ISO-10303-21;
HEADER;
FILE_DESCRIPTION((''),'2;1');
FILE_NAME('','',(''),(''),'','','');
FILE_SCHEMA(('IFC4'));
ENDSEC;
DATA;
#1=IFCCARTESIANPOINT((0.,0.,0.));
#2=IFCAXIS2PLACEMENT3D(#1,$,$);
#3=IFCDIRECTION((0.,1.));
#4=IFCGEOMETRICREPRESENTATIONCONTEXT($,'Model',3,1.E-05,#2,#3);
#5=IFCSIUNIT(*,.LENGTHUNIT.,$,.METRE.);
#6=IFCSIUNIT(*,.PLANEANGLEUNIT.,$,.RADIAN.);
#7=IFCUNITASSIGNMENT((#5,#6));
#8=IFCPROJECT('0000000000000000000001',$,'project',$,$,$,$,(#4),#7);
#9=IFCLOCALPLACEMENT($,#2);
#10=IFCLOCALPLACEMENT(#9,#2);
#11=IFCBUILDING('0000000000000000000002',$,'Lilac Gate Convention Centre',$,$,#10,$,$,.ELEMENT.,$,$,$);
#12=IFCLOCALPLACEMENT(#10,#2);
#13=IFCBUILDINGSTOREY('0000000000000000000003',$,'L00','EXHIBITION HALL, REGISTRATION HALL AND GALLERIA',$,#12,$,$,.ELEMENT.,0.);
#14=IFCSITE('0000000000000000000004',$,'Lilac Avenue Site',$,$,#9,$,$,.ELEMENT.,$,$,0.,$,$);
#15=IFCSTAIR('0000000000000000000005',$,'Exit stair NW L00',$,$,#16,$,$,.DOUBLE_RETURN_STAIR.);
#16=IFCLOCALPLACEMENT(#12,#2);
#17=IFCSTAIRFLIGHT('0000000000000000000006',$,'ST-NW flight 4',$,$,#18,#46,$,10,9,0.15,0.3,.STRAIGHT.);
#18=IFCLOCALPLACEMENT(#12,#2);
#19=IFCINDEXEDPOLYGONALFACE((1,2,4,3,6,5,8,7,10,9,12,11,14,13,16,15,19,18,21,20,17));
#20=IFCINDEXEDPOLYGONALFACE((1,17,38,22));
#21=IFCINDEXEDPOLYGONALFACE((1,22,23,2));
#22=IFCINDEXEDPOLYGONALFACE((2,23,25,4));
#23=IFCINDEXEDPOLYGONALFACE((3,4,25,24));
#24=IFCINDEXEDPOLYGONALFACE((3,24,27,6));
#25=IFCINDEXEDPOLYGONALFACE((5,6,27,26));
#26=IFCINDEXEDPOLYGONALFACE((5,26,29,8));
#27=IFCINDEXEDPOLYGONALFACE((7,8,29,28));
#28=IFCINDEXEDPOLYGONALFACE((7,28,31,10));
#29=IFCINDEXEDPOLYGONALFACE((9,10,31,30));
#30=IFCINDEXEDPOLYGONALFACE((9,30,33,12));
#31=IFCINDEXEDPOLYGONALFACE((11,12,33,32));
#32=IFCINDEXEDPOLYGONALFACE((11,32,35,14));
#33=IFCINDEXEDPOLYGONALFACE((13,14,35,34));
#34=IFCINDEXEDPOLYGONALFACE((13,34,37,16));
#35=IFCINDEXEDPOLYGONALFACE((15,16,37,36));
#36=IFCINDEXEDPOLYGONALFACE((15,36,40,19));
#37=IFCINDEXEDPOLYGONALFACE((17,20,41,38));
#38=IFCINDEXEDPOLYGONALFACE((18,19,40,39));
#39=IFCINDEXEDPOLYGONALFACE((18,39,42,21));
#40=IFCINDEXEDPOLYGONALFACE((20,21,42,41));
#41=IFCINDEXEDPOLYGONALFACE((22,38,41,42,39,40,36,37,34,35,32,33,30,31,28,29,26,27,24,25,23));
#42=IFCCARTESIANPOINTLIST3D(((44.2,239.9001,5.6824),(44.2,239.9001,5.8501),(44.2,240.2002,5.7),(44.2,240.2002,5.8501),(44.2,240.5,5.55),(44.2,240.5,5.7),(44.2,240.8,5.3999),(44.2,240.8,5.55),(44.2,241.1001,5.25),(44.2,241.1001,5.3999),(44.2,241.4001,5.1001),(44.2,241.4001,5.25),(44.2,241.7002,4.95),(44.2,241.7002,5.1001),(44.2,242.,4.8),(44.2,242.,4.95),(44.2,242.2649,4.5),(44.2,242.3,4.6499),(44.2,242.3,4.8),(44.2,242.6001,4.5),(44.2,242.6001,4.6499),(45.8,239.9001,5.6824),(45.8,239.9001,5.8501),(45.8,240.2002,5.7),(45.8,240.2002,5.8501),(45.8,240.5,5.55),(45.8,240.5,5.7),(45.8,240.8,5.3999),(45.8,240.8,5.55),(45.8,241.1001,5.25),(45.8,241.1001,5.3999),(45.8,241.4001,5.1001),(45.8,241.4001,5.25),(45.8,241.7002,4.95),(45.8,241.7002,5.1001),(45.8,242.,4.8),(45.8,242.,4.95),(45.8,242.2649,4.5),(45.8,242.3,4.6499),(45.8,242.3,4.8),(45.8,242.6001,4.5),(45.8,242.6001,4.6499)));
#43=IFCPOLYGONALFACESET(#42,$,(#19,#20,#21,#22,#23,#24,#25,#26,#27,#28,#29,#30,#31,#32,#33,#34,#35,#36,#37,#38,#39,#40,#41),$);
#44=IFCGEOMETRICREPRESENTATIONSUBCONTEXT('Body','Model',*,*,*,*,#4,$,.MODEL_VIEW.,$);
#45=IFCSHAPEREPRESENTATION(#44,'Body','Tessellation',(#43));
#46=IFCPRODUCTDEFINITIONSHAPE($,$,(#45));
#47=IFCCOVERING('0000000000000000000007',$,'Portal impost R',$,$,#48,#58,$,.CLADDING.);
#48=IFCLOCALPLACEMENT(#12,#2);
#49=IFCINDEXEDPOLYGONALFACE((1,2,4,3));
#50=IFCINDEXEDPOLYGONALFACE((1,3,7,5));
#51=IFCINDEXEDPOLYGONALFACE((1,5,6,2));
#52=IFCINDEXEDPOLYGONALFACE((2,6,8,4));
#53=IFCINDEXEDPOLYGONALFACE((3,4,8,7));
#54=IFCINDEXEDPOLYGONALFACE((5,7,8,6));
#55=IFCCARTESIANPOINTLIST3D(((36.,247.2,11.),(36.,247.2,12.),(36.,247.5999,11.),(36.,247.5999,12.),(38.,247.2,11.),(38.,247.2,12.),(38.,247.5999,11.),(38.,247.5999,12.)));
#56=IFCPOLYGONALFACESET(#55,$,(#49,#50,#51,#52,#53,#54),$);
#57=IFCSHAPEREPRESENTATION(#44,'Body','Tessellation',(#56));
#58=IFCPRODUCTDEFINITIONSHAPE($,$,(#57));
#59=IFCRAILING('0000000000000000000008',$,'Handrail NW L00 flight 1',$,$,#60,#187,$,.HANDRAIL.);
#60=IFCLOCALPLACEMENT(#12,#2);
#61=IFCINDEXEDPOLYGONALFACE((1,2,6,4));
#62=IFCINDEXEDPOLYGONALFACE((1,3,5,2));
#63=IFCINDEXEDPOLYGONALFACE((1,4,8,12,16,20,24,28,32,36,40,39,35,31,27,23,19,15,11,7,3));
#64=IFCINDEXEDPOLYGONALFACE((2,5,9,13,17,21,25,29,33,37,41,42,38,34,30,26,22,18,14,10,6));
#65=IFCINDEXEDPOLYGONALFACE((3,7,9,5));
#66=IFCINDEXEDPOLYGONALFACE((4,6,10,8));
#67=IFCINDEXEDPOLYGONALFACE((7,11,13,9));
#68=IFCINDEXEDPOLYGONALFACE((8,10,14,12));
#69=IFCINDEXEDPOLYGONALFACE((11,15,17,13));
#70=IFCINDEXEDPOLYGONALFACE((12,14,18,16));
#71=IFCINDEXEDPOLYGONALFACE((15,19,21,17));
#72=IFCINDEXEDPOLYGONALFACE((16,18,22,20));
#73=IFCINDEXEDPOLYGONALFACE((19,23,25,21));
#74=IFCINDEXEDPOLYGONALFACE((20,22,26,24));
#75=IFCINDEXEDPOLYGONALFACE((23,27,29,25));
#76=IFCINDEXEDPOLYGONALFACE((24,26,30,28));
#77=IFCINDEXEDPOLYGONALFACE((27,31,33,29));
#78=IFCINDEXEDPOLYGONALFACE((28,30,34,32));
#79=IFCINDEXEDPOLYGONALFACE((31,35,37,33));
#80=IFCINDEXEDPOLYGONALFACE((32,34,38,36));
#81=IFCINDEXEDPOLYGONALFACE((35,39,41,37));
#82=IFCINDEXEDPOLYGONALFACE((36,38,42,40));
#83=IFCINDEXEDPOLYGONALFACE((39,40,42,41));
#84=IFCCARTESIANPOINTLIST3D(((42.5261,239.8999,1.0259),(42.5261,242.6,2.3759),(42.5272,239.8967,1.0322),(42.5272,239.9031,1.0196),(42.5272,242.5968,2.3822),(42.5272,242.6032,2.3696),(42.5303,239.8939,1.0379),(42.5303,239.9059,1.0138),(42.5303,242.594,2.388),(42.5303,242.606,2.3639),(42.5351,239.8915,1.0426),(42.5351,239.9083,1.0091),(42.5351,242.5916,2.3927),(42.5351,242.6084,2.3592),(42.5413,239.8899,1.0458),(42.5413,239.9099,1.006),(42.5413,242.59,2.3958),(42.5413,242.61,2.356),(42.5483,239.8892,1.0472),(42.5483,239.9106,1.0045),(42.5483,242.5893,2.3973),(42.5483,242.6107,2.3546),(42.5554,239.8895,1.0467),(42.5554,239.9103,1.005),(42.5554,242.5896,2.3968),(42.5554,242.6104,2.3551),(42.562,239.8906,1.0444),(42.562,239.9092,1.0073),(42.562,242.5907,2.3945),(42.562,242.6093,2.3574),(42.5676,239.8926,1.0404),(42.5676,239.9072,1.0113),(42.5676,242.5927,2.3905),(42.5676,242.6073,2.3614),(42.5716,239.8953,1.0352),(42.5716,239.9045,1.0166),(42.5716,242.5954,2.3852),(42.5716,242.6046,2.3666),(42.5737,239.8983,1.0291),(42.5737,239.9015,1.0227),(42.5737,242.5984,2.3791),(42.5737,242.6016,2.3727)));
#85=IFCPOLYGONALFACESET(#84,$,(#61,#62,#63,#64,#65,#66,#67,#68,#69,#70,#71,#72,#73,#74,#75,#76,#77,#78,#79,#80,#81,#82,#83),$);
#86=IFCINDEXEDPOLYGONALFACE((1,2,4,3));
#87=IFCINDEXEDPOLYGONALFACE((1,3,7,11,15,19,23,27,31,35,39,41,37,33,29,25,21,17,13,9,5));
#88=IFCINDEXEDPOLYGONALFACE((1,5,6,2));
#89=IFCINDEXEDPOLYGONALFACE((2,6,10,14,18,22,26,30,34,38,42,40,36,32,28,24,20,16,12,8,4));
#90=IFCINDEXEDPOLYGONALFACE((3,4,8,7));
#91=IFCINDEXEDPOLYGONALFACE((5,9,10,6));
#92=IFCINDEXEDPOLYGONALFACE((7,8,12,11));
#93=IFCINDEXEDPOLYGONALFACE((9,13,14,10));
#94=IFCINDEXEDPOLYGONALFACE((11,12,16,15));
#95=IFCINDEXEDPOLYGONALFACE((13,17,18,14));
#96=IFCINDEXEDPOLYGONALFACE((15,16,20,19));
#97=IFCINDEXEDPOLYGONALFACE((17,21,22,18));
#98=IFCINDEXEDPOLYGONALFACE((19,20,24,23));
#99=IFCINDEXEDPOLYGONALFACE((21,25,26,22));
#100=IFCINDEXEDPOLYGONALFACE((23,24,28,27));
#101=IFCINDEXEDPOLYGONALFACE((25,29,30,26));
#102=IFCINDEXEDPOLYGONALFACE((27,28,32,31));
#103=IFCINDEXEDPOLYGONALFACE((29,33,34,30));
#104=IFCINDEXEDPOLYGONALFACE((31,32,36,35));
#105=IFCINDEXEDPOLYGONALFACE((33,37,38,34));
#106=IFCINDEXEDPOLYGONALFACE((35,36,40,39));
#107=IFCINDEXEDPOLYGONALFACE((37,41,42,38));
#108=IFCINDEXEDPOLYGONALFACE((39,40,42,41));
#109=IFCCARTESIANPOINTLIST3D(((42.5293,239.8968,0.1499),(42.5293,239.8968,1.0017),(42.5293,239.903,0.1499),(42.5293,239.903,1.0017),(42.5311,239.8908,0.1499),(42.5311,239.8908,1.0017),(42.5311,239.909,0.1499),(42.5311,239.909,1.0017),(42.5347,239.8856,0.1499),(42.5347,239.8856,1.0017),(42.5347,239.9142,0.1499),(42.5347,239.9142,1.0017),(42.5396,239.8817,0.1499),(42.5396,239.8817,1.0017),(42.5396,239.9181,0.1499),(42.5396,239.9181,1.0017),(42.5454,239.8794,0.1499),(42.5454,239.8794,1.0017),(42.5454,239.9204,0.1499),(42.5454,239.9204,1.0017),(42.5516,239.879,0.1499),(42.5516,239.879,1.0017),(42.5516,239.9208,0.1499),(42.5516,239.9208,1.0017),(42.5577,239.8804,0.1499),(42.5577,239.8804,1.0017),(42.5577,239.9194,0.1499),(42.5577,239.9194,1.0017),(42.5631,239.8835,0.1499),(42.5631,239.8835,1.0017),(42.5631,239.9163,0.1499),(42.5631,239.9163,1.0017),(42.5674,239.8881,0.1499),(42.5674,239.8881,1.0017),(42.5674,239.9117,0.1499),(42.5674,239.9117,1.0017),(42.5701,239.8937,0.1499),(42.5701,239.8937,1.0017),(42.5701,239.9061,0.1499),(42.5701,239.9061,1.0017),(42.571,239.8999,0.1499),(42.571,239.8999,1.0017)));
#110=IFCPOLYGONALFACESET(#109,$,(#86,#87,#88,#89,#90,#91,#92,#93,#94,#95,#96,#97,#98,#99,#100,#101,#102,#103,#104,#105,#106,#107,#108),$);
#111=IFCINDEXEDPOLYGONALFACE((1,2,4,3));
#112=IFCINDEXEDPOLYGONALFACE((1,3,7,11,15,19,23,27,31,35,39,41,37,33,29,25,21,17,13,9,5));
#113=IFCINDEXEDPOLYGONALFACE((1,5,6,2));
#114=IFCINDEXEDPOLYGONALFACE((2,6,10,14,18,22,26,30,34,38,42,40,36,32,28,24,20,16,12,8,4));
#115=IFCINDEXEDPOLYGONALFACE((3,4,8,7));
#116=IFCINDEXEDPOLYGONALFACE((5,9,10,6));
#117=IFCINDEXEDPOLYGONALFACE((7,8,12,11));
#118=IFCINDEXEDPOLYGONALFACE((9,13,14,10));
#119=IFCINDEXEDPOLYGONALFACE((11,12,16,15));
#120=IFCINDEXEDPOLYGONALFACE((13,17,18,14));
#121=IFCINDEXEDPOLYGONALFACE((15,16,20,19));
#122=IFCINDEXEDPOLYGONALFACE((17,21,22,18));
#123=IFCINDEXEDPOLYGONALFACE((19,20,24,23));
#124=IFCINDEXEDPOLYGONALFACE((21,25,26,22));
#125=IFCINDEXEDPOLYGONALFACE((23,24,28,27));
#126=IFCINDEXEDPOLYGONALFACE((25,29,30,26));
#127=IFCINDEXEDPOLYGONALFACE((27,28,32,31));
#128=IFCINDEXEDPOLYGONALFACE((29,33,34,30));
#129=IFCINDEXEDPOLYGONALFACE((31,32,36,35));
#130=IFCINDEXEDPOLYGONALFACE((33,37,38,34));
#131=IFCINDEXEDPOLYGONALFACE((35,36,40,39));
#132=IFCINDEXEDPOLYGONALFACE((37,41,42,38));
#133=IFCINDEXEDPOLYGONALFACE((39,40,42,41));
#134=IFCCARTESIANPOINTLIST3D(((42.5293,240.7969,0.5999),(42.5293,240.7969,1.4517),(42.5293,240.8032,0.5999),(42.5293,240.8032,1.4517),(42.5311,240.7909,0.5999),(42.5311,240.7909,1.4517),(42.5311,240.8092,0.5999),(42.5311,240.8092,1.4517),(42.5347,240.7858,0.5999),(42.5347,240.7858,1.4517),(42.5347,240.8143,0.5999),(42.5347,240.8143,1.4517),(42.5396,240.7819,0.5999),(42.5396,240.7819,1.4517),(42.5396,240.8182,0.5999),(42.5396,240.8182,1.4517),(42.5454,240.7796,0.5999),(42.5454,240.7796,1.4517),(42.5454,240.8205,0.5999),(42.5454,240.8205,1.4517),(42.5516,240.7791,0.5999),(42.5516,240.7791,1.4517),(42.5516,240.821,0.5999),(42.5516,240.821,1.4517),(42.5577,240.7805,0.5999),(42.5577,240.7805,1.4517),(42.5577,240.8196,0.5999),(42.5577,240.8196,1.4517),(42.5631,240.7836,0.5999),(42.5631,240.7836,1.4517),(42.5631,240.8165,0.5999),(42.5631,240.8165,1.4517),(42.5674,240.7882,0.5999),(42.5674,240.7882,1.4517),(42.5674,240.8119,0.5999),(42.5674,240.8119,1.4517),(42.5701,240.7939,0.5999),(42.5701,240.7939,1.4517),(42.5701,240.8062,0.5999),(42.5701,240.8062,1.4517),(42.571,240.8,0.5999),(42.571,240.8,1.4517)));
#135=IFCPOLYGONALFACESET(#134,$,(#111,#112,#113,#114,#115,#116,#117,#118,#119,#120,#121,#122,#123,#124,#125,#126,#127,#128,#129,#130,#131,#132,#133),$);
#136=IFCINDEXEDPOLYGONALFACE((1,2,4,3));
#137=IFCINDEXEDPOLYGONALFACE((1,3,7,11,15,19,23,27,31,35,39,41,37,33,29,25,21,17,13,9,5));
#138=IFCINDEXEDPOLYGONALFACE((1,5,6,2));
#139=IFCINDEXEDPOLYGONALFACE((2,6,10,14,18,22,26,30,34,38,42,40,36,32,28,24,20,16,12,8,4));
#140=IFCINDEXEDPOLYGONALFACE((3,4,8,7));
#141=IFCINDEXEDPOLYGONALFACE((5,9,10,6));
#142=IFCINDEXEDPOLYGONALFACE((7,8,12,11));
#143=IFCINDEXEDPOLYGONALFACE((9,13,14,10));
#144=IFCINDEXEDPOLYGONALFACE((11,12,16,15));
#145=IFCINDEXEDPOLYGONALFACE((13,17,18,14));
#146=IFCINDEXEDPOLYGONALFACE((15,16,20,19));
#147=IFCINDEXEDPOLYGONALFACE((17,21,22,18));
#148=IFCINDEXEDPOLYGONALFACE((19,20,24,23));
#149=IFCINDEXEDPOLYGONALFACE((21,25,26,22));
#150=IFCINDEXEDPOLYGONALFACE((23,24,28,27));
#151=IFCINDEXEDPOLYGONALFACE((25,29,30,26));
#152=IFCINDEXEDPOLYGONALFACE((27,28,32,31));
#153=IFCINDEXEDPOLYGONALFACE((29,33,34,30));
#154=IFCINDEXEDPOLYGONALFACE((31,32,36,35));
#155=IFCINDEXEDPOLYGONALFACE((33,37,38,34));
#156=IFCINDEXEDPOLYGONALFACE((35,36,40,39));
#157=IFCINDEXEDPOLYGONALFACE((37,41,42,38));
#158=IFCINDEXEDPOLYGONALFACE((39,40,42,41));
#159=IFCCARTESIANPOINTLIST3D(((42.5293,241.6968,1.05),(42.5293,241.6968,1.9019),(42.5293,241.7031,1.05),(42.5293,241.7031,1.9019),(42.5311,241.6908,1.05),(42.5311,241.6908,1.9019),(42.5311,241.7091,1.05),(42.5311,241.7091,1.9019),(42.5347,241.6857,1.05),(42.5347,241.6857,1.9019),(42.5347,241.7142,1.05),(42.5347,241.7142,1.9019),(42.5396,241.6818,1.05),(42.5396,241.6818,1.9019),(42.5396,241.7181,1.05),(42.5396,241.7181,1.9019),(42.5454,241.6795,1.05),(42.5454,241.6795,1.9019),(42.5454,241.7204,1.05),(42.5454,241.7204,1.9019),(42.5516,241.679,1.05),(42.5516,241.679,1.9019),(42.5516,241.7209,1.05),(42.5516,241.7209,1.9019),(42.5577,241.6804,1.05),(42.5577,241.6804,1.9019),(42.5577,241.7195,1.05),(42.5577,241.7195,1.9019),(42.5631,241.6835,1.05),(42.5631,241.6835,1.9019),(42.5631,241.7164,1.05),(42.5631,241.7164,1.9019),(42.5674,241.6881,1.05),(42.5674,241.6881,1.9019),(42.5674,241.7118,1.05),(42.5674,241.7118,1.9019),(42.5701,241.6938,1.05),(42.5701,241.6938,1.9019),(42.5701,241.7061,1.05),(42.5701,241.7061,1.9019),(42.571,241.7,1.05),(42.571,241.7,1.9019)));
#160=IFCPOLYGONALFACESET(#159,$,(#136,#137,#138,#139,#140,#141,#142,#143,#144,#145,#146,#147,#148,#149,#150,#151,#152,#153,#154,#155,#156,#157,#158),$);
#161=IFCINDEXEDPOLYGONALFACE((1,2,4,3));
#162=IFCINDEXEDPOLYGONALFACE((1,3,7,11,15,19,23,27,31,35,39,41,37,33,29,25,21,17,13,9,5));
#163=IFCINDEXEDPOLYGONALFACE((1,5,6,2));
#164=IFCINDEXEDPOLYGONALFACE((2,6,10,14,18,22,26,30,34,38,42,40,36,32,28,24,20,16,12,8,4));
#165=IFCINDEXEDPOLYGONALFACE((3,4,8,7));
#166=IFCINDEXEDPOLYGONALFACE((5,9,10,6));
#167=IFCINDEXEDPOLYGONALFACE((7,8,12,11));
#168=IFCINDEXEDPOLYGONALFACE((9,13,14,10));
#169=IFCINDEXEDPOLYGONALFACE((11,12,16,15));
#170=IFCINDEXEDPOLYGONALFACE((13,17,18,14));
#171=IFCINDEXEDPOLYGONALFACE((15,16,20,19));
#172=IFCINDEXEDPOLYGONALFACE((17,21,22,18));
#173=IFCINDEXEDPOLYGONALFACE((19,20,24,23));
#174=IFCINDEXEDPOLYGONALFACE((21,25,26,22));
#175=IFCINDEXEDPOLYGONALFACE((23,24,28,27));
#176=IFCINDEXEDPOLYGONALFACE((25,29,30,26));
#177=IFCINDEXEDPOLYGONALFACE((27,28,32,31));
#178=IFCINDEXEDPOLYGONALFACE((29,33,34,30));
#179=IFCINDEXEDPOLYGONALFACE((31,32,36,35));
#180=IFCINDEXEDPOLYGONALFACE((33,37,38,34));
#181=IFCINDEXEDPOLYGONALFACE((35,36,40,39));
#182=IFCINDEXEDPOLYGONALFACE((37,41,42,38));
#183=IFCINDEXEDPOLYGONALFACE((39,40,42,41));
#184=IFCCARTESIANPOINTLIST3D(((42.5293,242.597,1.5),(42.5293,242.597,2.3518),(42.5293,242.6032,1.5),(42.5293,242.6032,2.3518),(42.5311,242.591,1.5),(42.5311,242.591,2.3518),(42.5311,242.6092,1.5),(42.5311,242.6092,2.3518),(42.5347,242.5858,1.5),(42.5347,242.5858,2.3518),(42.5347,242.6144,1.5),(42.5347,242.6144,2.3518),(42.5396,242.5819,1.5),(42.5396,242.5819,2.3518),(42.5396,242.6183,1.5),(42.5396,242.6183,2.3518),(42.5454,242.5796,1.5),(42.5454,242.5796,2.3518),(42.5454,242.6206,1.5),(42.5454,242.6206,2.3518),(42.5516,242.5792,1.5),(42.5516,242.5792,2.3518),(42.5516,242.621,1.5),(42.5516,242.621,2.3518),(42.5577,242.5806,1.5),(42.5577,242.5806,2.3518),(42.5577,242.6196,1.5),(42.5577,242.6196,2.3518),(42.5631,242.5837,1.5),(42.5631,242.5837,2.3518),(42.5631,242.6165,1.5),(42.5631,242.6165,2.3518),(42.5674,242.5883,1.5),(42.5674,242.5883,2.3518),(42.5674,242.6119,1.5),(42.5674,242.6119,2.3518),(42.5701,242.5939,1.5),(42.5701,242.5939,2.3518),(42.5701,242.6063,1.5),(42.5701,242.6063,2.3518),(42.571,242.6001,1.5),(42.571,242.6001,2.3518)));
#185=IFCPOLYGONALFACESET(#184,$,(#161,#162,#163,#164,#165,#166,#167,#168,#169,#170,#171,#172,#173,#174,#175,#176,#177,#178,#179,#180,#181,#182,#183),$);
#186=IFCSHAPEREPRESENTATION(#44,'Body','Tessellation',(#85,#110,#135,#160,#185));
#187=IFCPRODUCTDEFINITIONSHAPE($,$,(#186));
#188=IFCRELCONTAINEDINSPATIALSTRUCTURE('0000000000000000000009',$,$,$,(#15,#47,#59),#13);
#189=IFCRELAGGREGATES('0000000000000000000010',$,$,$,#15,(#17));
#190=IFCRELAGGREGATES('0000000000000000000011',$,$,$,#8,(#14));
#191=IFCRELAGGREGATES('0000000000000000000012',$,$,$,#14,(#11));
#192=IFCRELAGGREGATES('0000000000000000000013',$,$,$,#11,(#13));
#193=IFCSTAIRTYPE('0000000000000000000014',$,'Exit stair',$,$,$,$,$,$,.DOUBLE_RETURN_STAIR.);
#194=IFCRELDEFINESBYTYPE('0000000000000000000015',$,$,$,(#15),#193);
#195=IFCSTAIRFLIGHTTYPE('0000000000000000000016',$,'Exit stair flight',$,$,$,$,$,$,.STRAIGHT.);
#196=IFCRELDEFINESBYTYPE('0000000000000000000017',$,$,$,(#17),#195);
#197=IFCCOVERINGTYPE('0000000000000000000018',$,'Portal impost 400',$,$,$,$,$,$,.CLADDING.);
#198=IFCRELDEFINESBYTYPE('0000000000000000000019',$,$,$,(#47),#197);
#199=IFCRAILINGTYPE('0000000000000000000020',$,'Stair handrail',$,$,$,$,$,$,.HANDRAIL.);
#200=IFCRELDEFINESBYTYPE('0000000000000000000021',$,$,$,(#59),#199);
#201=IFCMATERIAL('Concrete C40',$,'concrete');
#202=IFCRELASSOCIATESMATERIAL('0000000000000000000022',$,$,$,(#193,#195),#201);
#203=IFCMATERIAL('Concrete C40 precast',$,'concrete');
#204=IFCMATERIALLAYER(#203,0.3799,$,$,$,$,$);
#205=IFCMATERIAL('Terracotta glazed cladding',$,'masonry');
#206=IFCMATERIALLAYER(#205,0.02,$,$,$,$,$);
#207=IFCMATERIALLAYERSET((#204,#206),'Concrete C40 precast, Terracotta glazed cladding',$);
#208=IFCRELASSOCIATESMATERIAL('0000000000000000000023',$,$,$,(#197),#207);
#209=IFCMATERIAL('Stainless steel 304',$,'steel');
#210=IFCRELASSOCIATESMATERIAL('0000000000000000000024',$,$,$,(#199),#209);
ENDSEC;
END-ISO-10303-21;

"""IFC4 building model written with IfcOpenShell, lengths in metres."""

from ifc_helpers import new_model, si_unit, direction, frame, frame_2d, origin, origin_2d, place, context, subcontext, project, spatial, polyline, rectangle, circle, outline, extrude, material, layer, layer_set, type_object, element, aggregate, save


model = new_model("IFC4")

# Units and contexts
model_context = context("Model", 3, precision=1e-05, world=origin(), true_north=direction((0.0, 1.0)))
body_context = subcontext(model_context, "Body", "Model", "MODEL_VIEW")
ifc_project = project(units=[si_unit("LENGTHUNIT", "METRE"), si_unit("PLANEANGLEUNIT", "RADIAN")], contexts=[model_context])

# Site, building, storey
site_placement = place(None, origin())
site = spatial("IfcSite", under=ifc_project, at=site_placement, Name="Lilac Avenue Site", CompositionType="ELEMENT", RefElevation=0.0)
building_placement = place(site_placement, origin())
building = spatial("IfcBuilding", under=site, at=building_placement, Name="Lilac Gate Convention Centre", CompositionType="ELEMENT")
storey_placement = place(building_placement, origin())
storey = spatial("IfcBuildingStorey", under=building, at=storey_placement, Name="L00", Description="EXHIBITION HALL, REGISTRATION HALL AND GALLERIA", CompositionType="ELEMENT", Elevation=0.0)

# Shared definitions
ifc_material_1 = material(Name="Concrete C40", Category="concrete")

# Shared definitions
ifc_material_2 = material(Name="Concrete C40 precast", Category="concrete")

# Stair, stair flight
stair_type = type_object("IfcStairType", Name="Exit stair", PredefinedType="DOUBLE_RETURN_STAIR", material=ifc_material_1)
stair_placement = place(storey_placement, origin())
stair = element("IfcStair", 1, at=stair_placement, inside=storey, type_object=stair_type, Name="Exit stair NW L00", PredefinedType="DOUBLE_RETURN_STAIR")
stair_flight_type = type_object("IfcStairFlightType", Name="Exit stair flight", PredefinedType="STRAIGHT", material=ifc_material_1)
stair_flight_1_placement = place(storey_placement, frame((45.0, 242.6001, 4.5), z_axis=(0.0, 0.0, 1.0), x_axis=(0.0, -1.0, 0.0)))
stair_flight_1 = element("IfcStairFlight", 2, at=stair_flight_1_placement, type_object=stair_flight_type, Name="ST-NW flight 4", NumberOfRisers=10, NumberOfTreads=9, PredefinedType="STRAIGHT", RiserHeight=0.15, TreadLength=0.3, context=body_context, shape_type="SweptSolid", body=[
    extrude(outline(polyline([(0.0, 0.0), (0.0, 0.1499), (0.3, 0.1499), (0.3, 0.3), (0.6001, 0.3), (0.6001, 0.45), (0.8999, 0.45), (0.8999, 0.6001), (1.2, 0.6001), (1.2, 0.75), (1.5, 0.75), (1.5, 0.8999), (1.8, 0.8999), (1.8, 1.05), (2.1001, 1.05), (2.1001, 1.2), (2.3999, 1.2), (2.3999, 1.3501), (2.7, 1.3501), (2.7, 1.5), (2.7, 1.1824), (0.3352, 0.0), (0.0, 0.0)])), frame((0.0, 0.8, 0.0), z_axis=(0.0, -1.0, 0.0), x_axis=(1.0, 0.0, 0.0)), (0.0, 0.0, 1.0), 1.6001),
])
aggregate(stair, [stair_flight_1])

# Covering
ifc_layer_1 = layer(ifc_material_2, 0.3799)
ifc_material_3 = material(Name="Terracotta glazed cladding", Category="masonry")
ifc_layer_2 = layer(ifc_material_3, 0.02)
ifc_layer_set_1 = layer_set([ifc_layer_1, ifc_layer_2], Name="Concrete C40 precast, Terracotta glazed cladding")
covering_type = type_object("IfcCoveringType", Name="Portal impost 400", PredefinedType="CLADDING", material=ifc_layer_set_1)
covering_placement = place(storey_placement, frame((36.0, 247.3999, 11.0), z_axis=(0.0, 0.0, 1.0), x_axis=(1.0, 0.0, 0.0)))
element("IfcCovering", 3, at=covering_placement, inside=storey, type_object=covering_type, Name="Portal impost R", PredefinedType="CLADDING", context=body_context, shape_type="SweptSolid", body=[
    extrude(rectangle(XDim=2.0, YDim=0.3999, at=frame_2d((1.0, 0.0))), origin(), (0.0, 0.0, 1.0), 1.0),
])

# Railing
ifc_material_4 = material(Name="Stainless steel 304", Category="steel")
railing_type = type_object("IfcRailingType", Name="Stair handrail", PredefinedType="HANDRAIL", material=ifc_material_4)
for number, where, name in (
    (4, (42.55, 239.8999, 0.1499), "Handrail NW L00 flight 1"),
):
    element("IfcRailing", number, at=place(storey_placement, frame(where)), inside=storey, type_object=railing_type, Name=name, PredefinedType="HANDRAIL", context=body_context, shape_type="SweptSolid", body=[
        extrude(circle(Radius=0.0239, at=origin_2d()), frame((0.0, 0.0, 0.876), z_axis=(0.0, 0.894427, 0.447214), x_axis=(-1.0, 0.0, 0.0)), (0.0, 0.0, 1.0), 3.0188),
        extrude(circle(Radius=0.021, at=origin_2d()), origin(), (0.0, 0.0, 1.0), 0.8518),
        extrude(circle(Radius=0.021, at=origin_2d()), frame((0.0, 0.9001, 0.45)), (0.0, 0.0, 1.0), 0.8518),
        extrude(circle(Radius=0.021, at=origin_2d()), frame((0.0, 1.8, 0.9001)), (0.0, 0.0, 1.0), 0.8518),
        extrude(circle(Radius=0.021, at=origin_2d()), frame((0.0, 2.7002, 1.3501)), (0.0, 0.0, 1.0), 0.8518),
    ])

save(model, "model.ifc")
